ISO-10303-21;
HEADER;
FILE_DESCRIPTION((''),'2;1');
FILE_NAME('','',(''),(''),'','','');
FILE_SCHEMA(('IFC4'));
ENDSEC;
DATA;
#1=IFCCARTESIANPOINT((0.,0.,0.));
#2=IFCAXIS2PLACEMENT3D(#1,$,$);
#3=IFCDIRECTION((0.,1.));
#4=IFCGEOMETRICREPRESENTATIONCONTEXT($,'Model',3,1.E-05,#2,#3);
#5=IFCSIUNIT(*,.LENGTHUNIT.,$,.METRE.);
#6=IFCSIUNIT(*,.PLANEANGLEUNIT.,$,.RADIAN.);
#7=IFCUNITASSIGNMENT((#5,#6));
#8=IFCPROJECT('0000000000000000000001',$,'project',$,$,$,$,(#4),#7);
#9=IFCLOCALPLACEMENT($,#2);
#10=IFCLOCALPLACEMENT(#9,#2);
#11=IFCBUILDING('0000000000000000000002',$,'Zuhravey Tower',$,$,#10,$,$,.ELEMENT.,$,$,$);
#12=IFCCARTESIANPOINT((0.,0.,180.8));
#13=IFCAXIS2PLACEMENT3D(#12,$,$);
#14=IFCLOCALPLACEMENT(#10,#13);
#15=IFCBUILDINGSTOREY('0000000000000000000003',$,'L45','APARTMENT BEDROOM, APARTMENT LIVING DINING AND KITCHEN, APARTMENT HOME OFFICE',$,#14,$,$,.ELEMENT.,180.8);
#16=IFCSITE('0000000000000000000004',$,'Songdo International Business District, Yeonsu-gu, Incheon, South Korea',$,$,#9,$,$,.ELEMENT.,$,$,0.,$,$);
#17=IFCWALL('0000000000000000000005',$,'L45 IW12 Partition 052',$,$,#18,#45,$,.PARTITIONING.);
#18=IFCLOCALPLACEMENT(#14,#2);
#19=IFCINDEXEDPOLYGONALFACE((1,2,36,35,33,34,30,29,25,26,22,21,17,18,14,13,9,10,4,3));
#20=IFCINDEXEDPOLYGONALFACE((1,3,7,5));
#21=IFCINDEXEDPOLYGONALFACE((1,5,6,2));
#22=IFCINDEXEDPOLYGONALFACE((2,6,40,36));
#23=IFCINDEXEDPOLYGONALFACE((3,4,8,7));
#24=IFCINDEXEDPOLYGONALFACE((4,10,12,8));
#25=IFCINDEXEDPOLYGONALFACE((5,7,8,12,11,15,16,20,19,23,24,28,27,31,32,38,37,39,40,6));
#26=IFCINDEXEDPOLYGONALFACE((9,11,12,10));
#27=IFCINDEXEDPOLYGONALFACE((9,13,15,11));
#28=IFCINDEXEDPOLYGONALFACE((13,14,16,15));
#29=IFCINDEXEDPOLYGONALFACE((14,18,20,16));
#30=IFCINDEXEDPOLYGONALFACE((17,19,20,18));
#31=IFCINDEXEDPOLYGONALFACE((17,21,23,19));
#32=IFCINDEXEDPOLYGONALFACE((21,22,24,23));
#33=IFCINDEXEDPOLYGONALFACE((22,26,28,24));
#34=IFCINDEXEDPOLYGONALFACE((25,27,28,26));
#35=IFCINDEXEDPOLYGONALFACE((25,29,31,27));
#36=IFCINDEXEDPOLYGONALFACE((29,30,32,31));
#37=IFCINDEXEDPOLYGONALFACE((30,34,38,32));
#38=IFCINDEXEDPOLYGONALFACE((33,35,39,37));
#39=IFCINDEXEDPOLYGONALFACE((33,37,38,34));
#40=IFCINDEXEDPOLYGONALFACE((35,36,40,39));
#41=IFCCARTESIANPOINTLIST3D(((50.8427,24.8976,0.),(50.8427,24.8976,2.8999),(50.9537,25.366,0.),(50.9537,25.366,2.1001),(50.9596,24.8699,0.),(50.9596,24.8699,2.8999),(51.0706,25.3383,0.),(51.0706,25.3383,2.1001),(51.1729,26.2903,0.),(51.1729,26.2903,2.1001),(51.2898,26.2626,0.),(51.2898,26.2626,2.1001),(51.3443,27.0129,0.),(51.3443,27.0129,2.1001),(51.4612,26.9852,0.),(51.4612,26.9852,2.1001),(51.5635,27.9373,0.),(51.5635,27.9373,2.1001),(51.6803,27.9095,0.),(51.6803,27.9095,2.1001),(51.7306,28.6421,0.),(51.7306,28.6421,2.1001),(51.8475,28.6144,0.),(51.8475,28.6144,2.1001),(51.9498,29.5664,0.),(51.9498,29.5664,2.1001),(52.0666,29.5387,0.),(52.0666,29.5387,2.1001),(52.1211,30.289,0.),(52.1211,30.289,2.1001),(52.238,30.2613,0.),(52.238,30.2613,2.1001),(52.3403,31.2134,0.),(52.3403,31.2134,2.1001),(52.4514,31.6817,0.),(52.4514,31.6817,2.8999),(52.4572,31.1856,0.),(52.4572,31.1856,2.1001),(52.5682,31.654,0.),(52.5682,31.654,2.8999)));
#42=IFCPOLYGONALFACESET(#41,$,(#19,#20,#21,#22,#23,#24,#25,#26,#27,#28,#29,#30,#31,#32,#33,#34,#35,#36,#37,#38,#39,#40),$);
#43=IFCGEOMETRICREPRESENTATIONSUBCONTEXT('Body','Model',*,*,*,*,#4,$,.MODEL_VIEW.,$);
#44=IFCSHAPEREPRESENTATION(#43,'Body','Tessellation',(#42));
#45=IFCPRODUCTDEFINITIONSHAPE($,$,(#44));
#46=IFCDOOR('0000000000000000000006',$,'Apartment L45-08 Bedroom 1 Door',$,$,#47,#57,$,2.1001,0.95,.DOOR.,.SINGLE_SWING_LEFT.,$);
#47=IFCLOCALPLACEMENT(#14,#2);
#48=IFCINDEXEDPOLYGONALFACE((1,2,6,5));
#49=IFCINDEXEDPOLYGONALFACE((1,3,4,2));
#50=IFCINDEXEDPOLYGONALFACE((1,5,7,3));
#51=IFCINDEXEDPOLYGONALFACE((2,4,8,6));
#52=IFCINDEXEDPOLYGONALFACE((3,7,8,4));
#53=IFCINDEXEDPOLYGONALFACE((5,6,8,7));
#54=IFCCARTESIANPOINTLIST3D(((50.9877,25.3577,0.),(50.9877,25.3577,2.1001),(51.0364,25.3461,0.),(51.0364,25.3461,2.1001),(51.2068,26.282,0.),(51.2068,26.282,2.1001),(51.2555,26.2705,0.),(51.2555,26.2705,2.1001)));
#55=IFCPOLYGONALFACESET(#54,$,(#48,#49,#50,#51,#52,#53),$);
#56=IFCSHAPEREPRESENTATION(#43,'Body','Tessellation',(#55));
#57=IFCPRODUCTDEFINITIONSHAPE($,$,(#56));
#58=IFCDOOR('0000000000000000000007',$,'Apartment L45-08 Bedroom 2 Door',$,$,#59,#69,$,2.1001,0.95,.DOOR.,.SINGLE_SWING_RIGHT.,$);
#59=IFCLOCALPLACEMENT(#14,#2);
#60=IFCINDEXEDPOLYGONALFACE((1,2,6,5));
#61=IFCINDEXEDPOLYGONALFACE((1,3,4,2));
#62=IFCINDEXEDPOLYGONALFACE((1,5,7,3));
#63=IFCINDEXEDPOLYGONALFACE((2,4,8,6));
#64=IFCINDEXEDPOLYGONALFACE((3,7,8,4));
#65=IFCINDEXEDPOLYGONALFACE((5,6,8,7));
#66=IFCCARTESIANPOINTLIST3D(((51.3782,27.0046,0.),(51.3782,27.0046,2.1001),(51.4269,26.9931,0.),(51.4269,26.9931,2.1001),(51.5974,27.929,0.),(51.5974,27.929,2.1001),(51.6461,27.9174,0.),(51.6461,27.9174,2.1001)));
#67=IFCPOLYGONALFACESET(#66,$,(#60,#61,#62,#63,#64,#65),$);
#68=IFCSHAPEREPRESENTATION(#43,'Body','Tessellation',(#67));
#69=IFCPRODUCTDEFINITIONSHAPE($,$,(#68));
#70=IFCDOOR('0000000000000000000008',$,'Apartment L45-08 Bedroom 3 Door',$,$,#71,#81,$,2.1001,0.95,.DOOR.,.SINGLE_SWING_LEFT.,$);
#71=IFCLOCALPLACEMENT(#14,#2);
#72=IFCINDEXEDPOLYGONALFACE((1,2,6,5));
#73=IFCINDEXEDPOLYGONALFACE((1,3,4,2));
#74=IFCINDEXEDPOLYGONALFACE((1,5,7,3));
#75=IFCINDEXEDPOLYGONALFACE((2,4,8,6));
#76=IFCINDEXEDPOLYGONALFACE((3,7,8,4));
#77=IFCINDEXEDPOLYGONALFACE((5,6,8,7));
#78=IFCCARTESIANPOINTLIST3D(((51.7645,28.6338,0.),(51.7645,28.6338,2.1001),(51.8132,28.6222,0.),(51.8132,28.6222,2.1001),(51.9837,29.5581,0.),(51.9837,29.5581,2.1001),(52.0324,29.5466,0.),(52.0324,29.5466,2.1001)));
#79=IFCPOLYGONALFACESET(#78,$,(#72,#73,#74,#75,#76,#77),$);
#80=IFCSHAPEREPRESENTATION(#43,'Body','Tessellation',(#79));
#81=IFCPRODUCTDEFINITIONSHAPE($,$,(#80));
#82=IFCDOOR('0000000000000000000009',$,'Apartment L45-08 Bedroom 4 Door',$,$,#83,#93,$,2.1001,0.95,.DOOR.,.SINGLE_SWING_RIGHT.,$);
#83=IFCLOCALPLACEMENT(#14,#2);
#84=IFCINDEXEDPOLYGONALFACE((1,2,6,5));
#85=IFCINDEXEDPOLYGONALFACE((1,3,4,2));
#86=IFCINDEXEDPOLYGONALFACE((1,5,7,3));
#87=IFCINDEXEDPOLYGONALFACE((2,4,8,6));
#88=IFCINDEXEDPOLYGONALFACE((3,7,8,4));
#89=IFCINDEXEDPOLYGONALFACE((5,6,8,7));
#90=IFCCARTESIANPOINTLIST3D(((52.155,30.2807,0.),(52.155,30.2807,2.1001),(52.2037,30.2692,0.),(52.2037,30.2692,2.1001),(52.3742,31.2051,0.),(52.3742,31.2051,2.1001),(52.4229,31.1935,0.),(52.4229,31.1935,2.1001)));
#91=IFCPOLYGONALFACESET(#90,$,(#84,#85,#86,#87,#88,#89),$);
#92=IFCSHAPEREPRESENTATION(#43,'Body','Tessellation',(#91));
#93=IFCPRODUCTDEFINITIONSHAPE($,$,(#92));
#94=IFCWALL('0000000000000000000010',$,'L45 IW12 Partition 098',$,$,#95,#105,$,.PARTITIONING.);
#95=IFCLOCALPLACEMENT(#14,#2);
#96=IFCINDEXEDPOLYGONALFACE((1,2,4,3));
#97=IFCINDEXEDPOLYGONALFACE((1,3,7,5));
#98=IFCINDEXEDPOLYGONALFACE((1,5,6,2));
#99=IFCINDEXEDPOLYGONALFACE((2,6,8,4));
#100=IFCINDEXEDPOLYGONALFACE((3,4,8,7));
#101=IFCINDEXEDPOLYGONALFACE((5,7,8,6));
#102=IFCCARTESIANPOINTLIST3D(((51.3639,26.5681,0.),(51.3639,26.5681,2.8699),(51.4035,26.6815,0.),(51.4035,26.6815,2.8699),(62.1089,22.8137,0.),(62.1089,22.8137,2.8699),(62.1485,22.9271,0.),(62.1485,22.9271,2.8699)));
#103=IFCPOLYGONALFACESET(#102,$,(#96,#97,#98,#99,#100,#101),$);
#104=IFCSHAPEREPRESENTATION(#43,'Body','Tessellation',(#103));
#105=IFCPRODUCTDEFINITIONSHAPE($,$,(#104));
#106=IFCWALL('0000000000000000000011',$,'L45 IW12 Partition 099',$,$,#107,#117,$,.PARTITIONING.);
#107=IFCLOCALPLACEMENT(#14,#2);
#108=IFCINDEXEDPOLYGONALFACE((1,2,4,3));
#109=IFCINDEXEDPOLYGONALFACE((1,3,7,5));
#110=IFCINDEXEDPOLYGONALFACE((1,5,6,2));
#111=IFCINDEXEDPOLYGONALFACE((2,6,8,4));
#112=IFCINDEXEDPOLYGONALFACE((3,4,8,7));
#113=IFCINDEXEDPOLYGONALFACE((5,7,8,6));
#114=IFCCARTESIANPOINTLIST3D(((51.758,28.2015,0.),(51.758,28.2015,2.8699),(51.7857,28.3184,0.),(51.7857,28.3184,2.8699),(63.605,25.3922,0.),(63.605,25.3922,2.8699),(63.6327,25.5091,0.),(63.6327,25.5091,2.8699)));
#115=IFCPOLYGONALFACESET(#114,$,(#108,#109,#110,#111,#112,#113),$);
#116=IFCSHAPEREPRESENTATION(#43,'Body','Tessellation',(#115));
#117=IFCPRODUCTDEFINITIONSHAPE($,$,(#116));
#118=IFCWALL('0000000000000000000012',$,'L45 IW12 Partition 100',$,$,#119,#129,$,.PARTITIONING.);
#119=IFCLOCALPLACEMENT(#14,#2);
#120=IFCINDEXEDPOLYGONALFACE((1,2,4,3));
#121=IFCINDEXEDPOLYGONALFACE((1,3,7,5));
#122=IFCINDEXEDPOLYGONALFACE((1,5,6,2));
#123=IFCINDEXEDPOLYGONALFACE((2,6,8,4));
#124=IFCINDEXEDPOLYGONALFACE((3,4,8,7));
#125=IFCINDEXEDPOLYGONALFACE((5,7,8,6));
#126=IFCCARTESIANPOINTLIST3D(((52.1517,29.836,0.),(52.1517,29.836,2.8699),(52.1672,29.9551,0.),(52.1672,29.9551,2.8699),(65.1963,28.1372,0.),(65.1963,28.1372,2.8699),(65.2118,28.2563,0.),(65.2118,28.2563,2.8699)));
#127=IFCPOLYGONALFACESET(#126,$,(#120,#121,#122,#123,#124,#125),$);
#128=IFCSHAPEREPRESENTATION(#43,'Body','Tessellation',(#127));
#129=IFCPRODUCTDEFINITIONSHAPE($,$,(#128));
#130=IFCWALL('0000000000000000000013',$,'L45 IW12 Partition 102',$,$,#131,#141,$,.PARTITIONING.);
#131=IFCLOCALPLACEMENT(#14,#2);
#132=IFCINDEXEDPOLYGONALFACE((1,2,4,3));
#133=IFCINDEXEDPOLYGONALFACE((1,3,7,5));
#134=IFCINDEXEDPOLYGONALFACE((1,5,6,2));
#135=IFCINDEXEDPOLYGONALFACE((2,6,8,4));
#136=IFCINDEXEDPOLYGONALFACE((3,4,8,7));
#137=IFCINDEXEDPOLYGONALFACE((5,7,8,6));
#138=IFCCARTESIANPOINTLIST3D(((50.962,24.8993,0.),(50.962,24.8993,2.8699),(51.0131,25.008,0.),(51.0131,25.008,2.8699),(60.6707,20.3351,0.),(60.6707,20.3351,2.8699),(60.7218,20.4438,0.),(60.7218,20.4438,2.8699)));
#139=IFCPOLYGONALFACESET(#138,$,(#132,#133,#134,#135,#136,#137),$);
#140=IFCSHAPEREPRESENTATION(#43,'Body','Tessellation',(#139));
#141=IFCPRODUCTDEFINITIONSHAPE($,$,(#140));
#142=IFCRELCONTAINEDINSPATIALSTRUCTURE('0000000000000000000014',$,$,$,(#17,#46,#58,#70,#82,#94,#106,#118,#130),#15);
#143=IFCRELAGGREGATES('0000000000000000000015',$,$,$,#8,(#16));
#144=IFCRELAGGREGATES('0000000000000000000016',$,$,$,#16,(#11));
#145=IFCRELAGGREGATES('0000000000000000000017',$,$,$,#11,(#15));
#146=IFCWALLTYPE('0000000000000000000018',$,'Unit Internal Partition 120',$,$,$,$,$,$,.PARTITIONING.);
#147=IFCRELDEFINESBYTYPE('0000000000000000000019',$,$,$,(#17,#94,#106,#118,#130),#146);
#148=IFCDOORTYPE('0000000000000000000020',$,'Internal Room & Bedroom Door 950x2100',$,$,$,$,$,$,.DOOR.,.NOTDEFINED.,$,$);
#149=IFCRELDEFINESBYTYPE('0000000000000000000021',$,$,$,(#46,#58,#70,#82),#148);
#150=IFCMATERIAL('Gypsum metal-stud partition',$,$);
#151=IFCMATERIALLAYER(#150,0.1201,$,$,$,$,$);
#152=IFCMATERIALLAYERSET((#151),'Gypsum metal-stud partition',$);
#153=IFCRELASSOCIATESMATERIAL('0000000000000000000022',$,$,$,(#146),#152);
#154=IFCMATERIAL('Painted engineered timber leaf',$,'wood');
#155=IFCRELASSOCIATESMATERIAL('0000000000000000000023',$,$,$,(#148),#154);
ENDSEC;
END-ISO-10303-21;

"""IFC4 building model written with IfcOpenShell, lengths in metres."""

from ifc_helpers import new_model, si_unit, direction, frame, frame_2d, origin, place, context, subcontext, project, spatial, rectangle, extrude, material, layer, layer_set, type_object, element, fill, save


model = new_model("IFC4")

# Units and contexts
model_context = context("Model", 3, precision=1e-05, world=origin(), true_north=direction((0.0, 1.0)))
body_context = subcontext(model_context, "Body", "Model", "MODEL_VIEW")
ifc_project = project(units=[si_unit("LENGTHUNIT", "METRE"), si_unit("PLANEANGLEUNIT", "RADIAN")], contexts=[model_context])

# Site, building, storey
site_placement = place(None, origin())
site = spatial("IfcSite", under=ifc_project, at=site_placement, Name="Songdo International Business District, Yeonsu-gu, Incheon, South Korea", CompositionType="ELEMENT", RefElevation=0.0)
building_placement = place(site_placement, origin())
building = spatial("IfcBuilding", under=site, at=building_placement, Name="Zuhravey Tower", CompositionType="ELEMENT")
storey_placement = place(building_placement, frame((0.0, 0.0, 180.8)))
storey = spatial("IfcBuildingStorey", under=building, at=storey_placement, Name="L45", Description="APARTMENT BEDROOM, APARTMENT LIVING DINING AND KITCHEN, APARTMENT HOME OFFICE", CompositionType="ELEMENT", Elevation=180.8)

# Wall, openings, doors
ifc_material_1 = material(Name="Gypsum metal-stud partition")
ifc_layer_1 = layer(ifc_material_1, 0.1201)
ifc_layer_set_1 = layer_set([ifc_layer_1], Name="Gypsum metal-stud partition")
wall_type_1 = type_object("IfcWallType", Name="Unit Internal Partition 120", PredefinedType="PARTITIONING", material=ifc_layer_set_1)
ifc_material_2 = material(Name="Painted engineered timber leaf", Category="wood")
door_type_1 = type_object("IfcDoorType", Name="Internal Room & Bedroom Door 950x2100", OperationType="NOTDEFINED", PredefinedType="DOOR", material=ifc_material_2)
wall_1_placement = place(storey_placement, frame((50.9011, 24.8838, 0.0), z_axis=(0.0, 0.0, 1.0), x_axis=(0.230727, 0.973018, 0.0)))
wall_1 = element("IfcWall", 1, at=wall_1_placement, inside=storey, type_object=wall_type_1, Name="L45 IW12 Partition 052", PredefinedType="PARTITIONING", context=body_context, shape_type="SweptSolid", body=[
    extrude(rectangle(XDim=6.9722, YDim=0.1201, at=frame_2d((3.4861, 0.0))), origin(), (0.0, 0.0, 1.0), 2.8999),
])
opening_1_placement = place(wall_1_placement, frame((0.4812, 0.0, 0.0)))
opening_1 = element("IfcOpeningElement", 2, at=opening_1_placement, cuts=wall_1, PredefinedType="OPENING", context=body_context, shape_type="SweptSolid", body=[
    extrude(rectangle(XDim=0.95, YDim=2.1001, at=frame_2d((0.4751, 1.05))), frame((0.0, 0.072, 0.0), z_axis=(0.0, -1.0, 0.0), x_axis=(1.0, 0.0, 0.0)), (0.0, 0.0, 1.0), 0.144),
])
opening_2_placement = place(wall_1_placement, frame((2.1738, 0.0, 0.0)))
opening_2 = element("IfcOpeningElement", 3, at=opening_2_placement, cuts=wall_1, PredefinedType="OPENING", context=body_context, shape_type="SweptSolid", body=[
    extrude(rectangle(XDim=0.95, YDim=2.1001, at=frame_2d((0.4751, 1.05))), frame((0.0, 0.072, 0.0), z_axis=(0.0, -1.0, 0.0), x_axis=(1.0, 0.0, 0.0)), (0.0, 0.0, 1.0), 0.144),
])
opening_3_placement = place(wall_1_placement, frame((3.8481, 0.0, 0.0)))
opening_3 = element("IfcOpeningElement", 4, at=opening_3_placement, cuts=wall_1, PredefinedType="OPENING", context=body_context, shape_type="SweptSolid", body=[
    extrude(rectangle(XDim=0.95, YDim=2.1001, at=frame_2d((0.4751, 1.05))), frame((0.0, 0.072, 0.0), z_axis=(0.0, -1.0, 0.0), x_axis=(1.0, 0.0, 0.0)), (0.0, 0.0, 1.0), 0.144),
])
opening_4_placement = place(wall_1_placement, frame((5.5408, 0.0, 0.0)))
opening_4 = element("IfcOpeningElement", 5, at=opening_4_placement, cuts=wall_1, PredefinedType="OPENING", context=body_context, shape_type="SweptSolid", body=[
    extrude(rectangle(XDim=0.95, YDim=2.1001, at=frame_2d((0.4751, 1.05))), frame((0.0, 0.072, 0.0), z_axis=(0.0, -1.0, 0.0), x_axis=(1.0, 0.0, 0.0)), (0.0, 0.0, 1.0), 0.144),
])
door_1_placement = place(opening_1_placement, frame((0.95, 0.0, 0.0), z_axis=(0.0, 0.0, 1.0), x_axis=(-1.0, 0.0, 0.0)))
door_1 = element("IfcDoor", 6, at=door_1_placement, inside=storey, type_object=door_type_1, Name="Apartment L45-08 Bedroom 1 Door", OperationType="SINGLE_SWING_LEFT", OverallHeight=2.1001, OverallWidth=0.95, PredefinedType="DOOR", context=body_context, shape_type="SweptSolid", body=[
    extrude(rectangle(XDim=0.95, YDim=2.1001, at=frame_2d((0.4751, 1.05))), frame((0.0, 0.0249, 0.0), z_axis=(0.0, -1.0, 0.0), x_axis=(1.0, 0.0, 0.0)), (0.0, 0.0, 1.0), 0.05),
])
fill(opening_1, door_1)
door_2_placement = place(opening_2_placement, frame((0.95, 0.0, 0.0), z_axis=(0.0, 0.0, 1.0), x_axis=(-1.0, 0.0, 0.0)))
door_2 = element("IfcDoor", 7, at=door_2_placement, inside=storey, type_object=door_type_1, Name="Apartment L45-08 Bedroom 2 Door", OperationType="SINGLE_SWING_RIGHT", OverallHeight=2.1001, OverallWidth=0.95, PredefinedType="DOOR", context=body_context, shape_type="SweptSolid", body=[
    extrude(rectangle(XDim=0.95, YDim=2.1001, at=frame_2d((0.4751, 1.05))), frame((0.0, 0.0249, 0.0), z_axis=(0.0, -1.0, 0.0), x_axis=(1.0, 0.0, 0.0)), (0.0, 0.0, 1.0), 0.05),
])
fill(opening_2, door_2)
door_3_placement = place(opening_3_placement, frame((0.95, 0.0, 0.0), z_axis=(0.0, 0.0, 1.0), x_axis=(-1.0, 0.0, 0.0)))
door_3 = element("IfcDoor", 8, at=door_3_placement, inside=storey, type_object=door_type_1, Name="Apartment L45-08 Bedroom 3 Door", OperationType="SINGLE_SWING_LEFT", OverallHeight=2.1001, OverallWidth=0.95, PredefinedType="DOOR", context=body_context, shape_type="SweptSolid", body=[
    extrude(rectangle(XDim=0.95, YDim=2.1001, at=frame_2d((0.4751, 1.05))), frame((0.0, 0.0249, 0.0), z_axis=(0.0, -1.0, 0.0), x_axis=(1.0, 0.0, 0.0)), (0.0, 0.0, 1.0), 0.05),
])
fill(opening_3, door_3)
door_4_placement = place(opening_4_placement, frame((0.95, 0.0, 0.0), z_axis=(0.0, 0.0, 1.0), x_axis=(-1.0, 0.0, 0.0)))
door_4 = element("IfcDoor", 9, at=door_4_placement, inside=storey, type_object=door_type_1, Name="Apartment L45-08 Bedroom 4 Door", OperationType="SINGLE_SWING_RIGHT", OverallHeight=2.1001, OverallWidth=0.95, PredefinedType="DOOR", context=body_context, shape_type="SweptSolid", body=[
    extrude(rectangle(XDim=0.95, YDim=2.1001, at=frame_2d((0.4751, 1.05))), frame((0.0, 0.0249, 0.0), z_axis=(0.0, -1.0, 0.0), x_axis=(1.0, 0.0, 0.0)), (0.0, 0.0, 1.0), 0.05),
])
fill(opening_4, door_4)

# Walls
wall_2_placement = place(storey_placement, frame((51.3838, 26.6248, 0.0), z_axis=(0.0, 0.0, 1.0), x_axis=(0.944033, -0.32985, 0.0)))
element("IfcWall", 10, at=wall_2_placement, inside=storey, type_object=wall_type_1, Name="L45 IW12 Partition 098", PredefinedType="PARTITIONING", context=body_context, shape_type="SweptSolid", body=[
    extrude(rectangle(XDim=11.3821, YDim=0.1201, at=frame_2d((5.6909, 0.0))), origin(), (0.0, 0.0, 1.0), 2.8699),
])
wall_3_placement = place(storey_placement, frame((51.7717, 28.26, 0.0), z_axis=(0.0, 0.0, 1.0), x_axis=(0.973016, -0.230737, 0.0)))
element("IfcWall", 11, at=wall_3_placement, inside=storey, type_object=wall_type_1, Name="L45 IW12 Partition 099", PredefinedType="PARTITIONING", context=body_context, shape_type="SweptSolid", body=[
    extrude(rectangle(XDim=12.1755, YDim=0.1201, at=frame_2d((6.0879, 0.0))), origin(), (0.0, 0.0, 1.0), 2.8699),
])
wall_4_placement = place(storey_placement, frame((52.1594, 29.8955, 0.0), z_axis=(0.0, 0.0, 1.0), x_axis=(0.991627, -0.129134, 0.0)))
element("IfcWall", 12, at=wall_4_placement, inside=storey, type_object=wall_type_1, Name="L45 IW12 Partition 100", PredefinedType="PARTITIONING", context=body_context, shape_type="SweptSolid", body=[
    extrude(rectangle(XDim=13.1548, YDim=0.1201, at=frame_2d((6.5774, 0.0))), origin(), (0.0, 0.0, 1.0), 2.8699),
])
wall_5_placement = place(storey_placement, frame((50.9875, 24.9536, 0.0), z_axis=(0.0, 0.0, 1.0), x_axis=(0.904984, -0.425445, 0.0)))
element("IfcWall", 13, at=wall_5_placement, inside=storey, type_object=wall_type_1, Name="L45 IW12 Partition 102", PredefinedType="PARTITIONING", context=body_context, shape_type="SweptSolid", body=[
    extrude(rectangle(XDim=10.728, YDim=0.1201, at=frame_2d((5.364, 0.0))), origin(), (0.0, 0.0, 1.0), 2.8699),
])

save(model, "model.ifc")
